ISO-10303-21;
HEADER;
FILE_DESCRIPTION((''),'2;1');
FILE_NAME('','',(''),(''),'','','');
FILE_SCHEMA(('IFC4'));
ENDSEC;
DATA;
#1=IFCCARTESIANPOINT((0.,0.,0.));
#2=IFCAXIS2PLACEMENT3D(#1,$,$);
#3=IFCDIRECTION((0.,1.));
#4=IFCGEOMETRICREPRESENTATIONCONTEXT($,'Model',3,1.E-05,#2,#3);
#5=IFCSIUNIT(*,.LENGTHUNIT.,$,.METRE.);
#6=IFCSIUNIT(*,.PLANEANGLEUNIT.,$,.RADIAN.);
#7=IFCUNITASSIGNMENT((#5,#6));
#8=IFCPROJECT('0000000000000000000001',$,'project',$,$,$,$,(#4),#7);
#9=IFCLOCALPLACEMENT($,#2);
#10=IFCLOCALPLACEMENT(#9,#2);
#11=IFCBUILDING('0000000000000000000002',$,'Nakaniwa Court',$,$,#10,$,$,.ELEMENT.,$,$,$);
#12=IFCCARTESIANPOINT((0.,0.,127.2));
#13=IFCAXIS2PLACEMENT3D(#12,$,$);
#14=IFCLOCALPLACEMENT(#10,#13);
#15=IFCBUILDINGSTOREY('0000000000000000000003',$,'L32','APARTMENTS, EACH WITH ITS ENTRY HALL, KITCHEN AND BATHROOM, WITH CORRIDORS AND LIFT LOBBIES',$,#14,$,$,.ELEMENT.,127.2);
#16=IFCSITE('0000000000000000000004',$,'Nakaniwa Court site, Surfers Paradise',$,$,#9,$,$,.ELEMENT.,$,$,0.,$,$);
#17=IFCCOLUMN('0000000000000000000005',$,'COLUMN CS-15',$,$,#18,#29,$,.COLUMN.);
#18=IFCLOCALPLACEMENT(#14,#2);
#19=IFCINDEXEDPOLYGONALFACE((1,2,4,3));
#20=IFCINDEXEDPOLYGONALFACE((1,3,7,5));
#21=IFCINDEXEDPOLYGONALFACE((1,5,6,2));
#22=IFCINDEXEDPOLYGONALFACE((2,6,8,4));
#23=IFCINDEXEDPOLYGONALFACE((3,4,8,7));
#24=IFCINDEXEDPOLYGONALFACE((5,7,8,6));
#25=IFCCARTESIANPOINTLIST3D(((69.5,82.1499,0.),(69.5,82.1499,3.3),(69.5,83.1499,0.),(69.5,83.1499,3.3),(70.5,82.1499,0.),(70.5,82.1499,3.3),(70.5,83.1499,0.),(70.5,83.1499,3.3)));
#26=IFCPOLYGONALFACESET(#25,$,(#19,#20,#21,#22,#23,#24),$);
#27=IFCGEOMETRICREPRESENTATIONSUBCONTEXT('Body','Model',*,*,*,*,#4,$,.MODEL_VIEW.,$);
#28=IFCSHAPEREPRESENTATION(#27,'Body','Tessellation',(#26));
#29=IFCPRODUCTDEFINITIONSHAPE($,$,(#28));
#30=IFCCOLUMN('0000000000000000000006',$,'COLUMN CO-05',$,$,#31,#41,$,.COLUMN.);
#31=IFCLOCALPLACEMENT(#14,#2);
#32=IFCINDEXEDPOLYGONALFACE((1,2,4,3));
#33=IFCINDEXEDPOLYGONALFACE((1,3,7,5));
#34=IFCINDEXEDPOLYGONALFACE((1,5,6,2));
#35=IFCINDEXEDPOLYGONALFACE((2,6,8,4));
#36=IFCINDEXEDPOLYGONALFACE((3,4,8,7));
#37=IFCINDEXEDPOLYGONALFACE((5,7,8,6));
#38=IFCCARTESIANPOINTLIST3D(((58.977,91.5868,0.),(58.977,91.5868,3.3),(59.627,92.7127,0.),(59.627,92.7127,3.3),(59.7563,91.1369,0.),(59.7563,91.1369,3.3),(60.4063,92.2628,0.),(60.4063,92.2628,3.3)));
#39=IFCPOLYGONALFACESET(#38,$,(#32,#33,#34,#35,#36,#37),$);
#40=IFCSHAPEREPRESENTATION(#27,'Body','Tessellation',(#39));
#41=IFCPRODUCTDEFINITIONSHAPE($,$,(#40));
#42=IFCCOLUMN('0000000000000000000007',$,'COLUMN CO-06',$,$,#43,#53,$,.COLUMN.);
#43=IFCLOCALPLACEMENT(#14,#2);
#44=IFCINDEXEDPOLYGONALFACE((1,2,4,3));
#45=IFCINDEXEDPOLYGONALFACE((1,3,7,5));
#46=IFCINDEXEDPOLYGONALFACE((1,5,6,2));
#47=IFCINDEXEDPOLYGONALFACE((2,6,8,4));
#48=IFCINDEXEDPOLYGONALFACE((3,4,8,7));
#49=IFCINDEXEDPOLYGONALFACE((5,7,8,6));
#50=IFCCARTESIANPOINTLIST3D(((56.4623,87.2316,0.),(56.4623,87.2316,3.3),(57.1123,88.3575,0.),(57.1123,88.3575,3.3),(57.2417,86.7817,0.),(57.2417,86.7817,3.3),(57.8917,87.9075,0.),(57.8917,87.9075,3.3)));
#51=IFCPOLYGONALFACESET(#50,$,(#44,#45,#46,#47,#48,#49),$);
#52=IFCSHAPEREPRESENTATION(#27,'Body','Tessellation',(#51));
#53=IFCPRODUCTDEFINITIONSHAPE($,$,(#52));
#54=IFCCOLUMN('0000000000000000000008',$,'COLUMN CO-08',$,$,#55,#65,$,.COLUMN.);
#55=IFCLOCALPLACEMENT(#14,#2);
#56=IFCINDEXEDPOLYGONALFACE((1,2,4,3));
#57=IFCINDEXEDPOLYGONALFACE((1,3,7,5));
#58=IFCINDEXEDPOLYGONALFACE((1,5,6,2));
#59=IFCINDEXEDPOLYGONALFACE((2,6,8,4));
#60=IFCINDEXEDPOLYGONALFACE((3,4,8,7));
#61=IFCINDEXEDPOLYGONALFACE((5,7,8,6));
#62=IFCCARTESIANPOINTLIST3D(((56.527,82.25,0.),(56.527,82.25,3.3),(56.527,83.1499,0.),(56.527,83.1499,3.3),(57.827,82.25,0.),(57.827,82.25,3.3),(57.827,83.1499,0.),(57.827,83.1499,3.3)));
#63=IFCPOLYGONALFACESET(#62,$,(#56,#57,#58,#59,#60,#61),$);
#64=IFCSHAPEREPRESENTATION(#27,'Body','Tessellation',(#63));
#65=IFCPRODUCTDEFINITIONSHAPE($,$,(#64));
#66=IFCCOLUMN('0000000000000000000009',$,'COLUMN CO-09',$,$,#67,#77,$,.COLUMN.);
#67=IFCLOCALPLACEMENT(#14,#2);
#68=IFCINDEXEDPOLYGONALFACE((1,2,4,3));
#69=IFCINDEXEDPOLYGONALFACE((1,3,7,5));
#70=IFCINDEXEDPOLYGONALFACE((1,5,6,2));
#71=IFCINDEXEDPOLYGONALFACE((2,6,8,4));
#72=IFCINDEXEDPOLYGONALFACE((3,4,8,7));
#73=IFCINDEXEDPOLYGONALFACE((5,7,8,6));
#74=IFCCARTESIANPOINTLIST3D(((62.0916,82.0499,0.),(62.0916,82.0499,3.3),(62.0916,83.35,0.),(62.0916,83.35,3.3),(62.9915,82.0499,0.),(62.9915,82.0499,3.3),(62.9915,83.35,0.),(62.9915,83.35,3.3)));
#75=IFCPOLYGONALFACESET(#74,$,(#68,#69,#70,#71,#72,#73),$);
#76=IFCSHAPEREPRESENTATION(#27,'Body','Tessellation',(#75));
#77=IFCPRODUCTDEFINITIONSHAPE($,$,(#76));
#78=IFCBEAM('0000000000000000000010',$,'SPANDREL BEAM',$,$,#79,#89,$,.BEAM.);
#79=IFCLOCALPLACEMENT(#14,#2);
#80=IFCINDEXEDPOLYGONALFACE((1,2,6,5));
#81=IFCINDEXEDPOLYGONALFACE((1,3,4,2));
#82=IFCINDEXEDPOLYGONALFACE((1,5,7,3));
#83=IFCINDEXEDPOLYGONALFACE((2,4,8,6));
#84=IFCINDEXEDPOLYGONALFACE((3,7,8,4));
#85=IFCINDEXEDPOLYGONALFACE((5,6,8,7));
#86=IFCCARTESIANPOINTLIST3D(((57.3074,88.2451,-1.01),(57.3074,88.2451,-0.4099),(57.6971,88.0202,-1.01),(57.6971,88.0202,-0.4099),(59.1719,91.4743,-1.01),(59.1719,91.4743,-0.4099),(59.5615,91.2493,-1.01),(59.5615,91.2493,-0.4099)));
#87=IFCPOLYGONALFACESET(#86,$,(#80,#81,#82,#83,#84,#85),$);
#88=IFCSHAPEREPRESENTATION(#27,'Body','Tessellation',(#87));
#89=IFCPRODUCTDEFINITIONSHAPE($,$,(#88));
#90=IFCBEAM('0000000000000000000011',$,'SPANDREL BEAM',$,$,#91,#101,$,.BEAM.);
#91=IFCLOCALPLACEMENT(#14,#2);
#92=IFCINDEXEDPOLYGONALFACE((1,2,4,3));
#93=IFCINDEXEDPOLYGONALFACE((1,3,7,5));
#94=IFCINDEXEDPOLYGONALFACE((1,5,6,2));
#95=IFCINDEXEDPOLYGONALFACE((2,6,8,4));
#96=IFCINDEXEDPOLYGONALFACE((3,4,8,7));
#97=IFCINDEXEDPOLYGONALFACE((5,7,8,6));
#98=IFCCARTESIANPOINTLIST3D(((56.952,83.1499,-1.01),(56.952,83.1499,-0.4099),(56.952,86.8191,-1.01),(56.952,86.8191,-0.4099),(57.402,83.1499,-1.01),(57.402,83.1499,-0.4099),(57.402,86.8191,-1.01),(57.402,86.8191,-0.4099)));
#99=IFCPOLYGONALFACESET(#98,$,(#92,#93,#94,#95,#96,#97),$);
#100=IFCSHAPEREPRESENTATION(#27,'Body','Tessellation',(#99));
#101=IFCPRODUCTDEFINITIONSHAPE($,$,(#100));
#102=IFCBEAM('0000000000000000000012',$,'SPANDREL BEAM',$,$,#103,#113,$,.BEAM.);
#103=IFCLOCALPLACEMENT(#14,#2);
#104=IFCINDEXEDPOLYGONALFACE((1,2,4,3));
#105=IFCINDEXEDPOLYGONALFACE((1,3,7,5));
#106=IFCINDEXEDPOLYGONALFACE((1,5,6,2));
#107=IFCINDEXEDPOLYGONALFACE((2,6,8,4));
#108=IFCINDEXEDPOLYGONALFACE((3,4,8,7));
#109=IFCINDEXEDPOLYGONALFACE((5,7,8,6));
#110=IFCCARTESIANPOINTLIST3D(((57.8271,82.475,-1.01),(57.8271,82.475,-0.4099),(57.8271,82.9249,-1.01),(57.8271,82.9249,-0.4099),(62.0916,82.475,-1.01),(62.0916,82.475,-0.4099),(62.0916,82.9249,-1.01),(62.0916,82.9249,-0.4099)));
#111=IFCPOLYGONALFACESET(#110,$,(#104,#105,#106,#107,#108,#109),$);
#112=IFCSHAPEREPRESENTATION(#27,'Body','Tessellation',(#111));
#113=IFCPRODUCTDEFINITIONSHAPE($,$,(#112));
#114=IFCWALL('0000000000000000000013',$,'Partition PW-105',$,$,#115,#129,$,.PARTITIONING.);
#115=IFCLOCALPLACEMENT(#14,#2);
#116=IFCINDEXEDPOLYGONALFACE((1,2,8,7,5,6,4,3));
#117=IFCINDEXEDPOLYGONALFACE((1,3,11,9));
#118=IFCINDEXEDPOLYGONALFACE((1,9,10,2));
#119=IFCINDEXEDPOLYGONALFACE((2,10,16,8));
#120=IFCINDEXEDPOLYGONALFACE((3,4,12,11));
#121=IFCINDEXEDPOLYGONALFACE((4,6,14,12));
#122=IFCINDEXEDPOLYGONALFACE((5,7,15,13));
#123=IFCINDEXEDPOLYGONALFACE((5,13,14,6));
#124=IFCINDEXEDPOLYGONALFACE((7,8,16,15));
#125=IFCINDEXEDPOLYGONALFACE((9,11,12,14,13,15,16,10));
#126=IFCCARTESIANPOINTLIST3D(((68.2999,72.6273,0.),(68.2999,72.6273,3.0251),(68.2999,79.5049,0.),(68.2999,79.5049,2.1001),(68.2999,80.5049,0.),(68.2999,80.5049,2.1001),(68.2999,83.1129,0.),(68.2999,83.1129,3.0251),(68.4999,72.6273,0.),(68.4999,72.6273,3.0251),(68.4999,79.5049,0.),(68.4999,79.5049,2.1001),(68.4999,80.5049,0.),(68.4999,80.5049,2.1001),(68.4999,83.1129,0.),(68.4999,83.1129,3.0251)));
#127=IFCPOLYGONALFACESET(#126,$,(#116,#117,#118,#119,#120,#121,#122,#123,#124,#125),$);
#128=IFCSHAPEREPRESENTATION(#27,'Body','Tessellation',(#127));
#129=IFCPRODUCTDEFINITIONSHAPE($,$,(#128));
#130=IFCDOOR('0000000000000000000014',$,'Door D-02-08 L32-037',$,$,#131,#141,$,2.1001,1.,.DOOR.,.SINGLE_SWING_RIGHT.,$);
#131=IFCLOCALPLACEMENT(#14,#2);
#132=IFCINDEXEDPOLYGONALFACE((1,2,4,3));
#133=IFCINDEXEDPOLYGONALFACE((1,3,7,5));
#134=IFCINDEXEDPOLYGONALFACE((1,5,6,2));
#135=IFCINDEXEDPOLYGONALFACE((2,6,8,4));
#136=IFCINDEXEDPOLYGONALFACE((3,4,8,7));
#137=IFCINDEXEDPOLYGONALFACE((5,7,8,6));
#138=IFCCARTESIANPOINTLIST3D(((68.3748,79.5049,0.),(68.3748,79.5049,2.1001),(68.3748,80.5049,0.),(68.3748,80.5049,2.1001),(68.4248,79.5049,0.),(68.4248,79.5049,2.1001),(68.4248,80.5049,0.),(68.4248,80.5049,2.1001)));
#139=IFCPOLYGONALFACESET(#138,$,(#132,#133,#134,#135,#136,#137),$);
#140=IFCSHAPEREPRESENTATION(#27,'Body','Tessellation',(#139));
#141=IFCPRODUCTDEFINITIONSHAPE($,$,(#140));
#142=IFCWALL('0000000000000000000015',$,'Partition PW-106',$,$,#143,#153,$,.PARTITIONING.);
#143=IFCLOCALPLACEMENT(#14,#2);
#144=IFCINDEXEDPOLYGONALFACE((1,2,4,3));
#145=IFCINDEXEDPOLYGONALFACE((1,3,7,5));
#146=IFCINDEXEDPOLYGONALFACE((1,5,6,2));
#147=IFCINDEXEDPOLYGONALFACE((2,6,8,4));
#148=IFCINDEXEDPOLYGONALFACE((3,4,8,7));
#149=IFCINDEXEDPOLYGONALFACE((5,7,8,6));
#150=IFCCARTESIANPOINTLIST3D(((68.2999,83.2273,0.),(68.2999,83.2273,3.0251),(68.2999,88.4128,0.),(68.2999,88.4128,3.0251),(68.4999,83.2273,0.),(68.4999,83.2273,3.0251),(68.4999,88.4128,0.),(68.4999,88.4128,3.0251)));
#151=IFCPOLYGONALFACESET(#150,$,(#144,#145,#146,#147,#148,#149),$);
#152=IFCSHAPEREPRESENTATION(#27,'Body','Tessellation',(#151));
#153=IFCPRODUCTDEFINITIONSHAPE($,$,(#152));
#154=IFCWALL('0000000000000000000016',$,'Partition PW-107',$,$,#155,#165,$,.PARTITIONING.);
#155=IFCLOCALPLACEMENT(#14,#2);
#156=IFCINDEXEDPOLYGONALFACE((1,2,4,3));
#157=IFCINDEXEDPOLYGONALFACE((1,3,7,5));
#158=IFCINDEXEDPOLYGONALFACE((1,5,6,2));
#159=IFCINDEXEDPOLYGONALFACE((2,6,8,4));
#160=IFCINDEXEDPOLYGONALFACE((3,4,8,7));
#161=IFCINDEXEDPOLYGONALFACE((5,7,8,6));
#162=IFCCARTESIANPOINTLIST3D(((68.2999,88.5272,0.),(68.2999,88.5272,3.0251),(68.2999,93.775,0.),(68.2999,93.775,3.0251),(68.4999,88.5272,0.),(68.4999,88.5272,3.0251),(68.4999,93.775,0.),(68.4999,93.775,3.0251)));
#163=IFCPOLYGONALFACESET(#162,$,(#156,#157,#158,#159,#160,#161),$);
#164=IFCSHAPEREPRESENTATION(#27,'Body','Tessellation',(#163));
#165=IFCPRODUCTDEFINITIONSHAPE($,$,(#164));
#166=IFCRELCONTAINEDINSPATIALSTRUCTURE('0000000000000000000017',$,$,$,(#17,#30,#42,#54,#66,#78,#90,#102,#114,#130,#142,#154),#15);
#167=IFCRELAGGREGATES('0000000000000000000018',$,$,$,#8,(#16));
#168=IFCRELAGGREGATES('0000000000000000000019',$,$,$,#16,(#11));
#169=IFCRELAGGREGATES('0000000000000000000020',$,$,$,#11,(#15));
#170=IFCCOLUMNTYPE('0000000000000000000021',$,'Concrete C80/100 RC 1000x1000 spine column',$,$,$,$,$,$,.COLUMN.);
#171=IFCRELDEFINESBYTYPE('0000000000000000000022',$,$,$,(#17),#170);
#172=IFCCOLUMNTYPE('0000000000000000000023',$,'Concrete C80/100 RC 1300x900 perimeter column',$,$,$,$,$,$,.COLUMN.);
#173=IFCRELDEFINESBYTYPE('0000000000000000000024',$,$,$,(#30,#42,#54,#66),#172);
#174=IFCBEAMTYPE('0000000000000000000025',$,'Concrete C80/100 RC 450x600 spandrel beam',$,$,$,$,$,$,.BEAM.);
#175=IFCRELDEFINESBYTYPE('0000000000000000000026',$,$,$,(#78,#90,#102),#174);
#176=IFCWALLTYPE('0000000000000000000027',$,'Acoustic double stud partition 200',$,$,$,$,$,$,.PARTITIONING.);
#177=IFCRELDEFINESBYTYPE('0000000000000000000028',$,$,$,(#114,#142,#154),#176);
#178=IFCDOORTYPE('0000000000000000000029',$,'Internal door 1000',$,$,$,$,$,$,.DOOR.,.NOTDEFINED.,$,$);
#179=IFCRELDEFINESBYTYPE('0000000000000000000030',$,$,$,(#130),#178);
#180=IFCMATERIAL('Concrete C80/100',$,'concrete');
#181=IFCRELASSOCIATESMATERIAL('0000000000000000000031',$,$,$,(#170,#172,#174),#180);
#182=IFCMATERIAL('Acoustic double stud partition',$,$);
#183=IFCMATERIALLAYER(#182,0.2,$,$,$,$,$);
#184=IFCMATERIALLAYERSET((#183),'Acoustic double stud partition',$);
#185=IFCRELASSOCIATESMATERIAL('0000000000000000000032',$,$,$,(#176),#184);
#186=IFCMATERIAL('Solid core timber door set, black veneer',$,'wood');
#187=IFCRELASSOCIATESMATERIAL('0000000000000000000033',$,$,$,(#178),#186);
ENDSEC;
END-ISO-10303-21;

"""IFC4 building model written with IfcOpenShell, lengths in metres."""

from ifc_helpers import new_model, si_unit, direction, frame, frame_2d, origin, origin_2d, place, context, subcontext, project, spatial, rectangle, extrude, material, layer, layer_set, material_profile, profile_set, type_object, element, fill, save


model = new_model("IFC4")

# Units and contexts
model_context = context("Model", 3, precision=1e-05, world=origin(), true_north=direction((0.0, 1.0)))
body_context = subcontext(model_context, "Body", "Model", "MODEL_VIEW")
ifc_project = project(units=[si_unit("LENGTHUNIT", "METRE"), si_unit("PLANEANGLEUNIT", "RADIAN")], contexts=[model_context])

# Site, building, storey
site_placement = place(None, origin())
site = spatial("IfcSite", under=ifc_project, at=site_placement, Name="Nakaniwa Court site, Surfers Paradise", CompositionType="ELEMENT", RefElevation=0.0)
building_placement = place(site_placement, origin())
building = spatial("IfcBuilding", under=site, at=building_placement, Name="Nakaniwa Court", CompositionType="ELEMENT")
storey_placement = place(building_placement, frame((0.0, 0.0, 127.2)))
storey = spatial("IfcBuildingStorey", under=building, at=storey_placement, Name="L32", Description="APARTMENTS, EACH WITH ITS ENTRY HALL, KITCHEN AND BATHROOM, WITH CORRIDORS AND LIFT LOBBIES", CompositionType="ELEMENT", Elevation=127.2)

# Columns
ifc_material_1 = material(Name="Concrete C80/100", Category="concrete")
ifc_material_profile_1 = material_profile(ifc_material_1, rectangle(XDim=1.0, YDim=1.0, at=origin_2d()), Name="Concrete C80/100 RC 1000x1000 spine column")
ifc_profile_set_1 = profile_set([ifc_material_profile_1], Name="Concrete C80/100")
column_type_1 = type_object("IfcColumnType", Name="Concrete C80/100 RC 1000x1000 spine column", PredefinedType="COLUMN", material=ifc_profile_set_1)
column_placement = place(storey_placement, frame((70.0, 82.6499, 0.0), z_axis=(0.0, 0.0, 1.0), x_axis=(0.0, -1.0, 0.0)))
element("IfcColumn", 1, at=column_placement, inside=storey, type_object=column_type_1, Name="COLUMN CS-15", PredefinedType="COLUMN", context=body_context, shape_type="SweptSolid", body=[
    extrude(rectangle(XDim=1.0, YDim=1.0, at=origin_2d()), origin(), (0.0, 0.0, 1.0), 3.3),
])
ifc_material_profile_2 = material_profile(ifc_material_1, rectangle(XDim=1.3, YDim=0.8999, at=origin_2d()), Name="Concrete C80/100 RC 1300x900 perimeter column")
ifc_profile_set_2 = profile_set([ifc_material_profile_2], Name="Concrete C80/100")
column_type_2 = type_object("IfcColumnType", Name="Concrete C80/100 RC 1300x900 perimeter column", PredefinedType="COLUMN", material=ifc_profile_set_2)
for number, where, z_axis, x_axis, name in (
    (2, (59.6917, 91.9248, 0.0), (0.0, 0.0, 1.0), (-0.5, -0.866025, 0.0), "COLUMN CO-05"),
    (3, (57.177, 87.5696, 0.0), (0.0, 0.0, 1.0), (-0.5, -0.866025, 0.0), "COLUMN CO-06"),
    (4, (57.177, 82.7, 0.0), (0.0, 0.0, 1.0), (1.0, 0.0, 0.0), "COLUMN CO-08"),
    (5, (62.5415, 82.7, 0.0), (0.0, 0.0, 1.0), (0.0, -1.0, 0.0), "COLUMN CO-09"),
):
    element("IfcColumn", number, at=place(storey_placement, frame(where, z_axis=z_axis, x_axis=x_axis)), inside=storey, type_object=column_type_2, Name=name, PredefinedType="COLUMN", context=body_context, shape_type="SweptSolid", body=[
        extrude(rectangle(XDim=1.3, YDim=0.8999, at=origin_2d()), origin(), (0.0, 0.0, 1.0), 3.3),
    ])

# Beams
ifc_material_profile_3 = material_profile(ifc_material_1, rectangle(XDim=0.45, YDim=0.6001, at=origin_2d()), Name="Concrete C80/100 RC 450x600 spandrel beam")
ifc_profile_set_3 = profile_set([ifc_material_profile_3], Name="Concrete C80/100")
beam_type = type_object("IfcBeamType", Name="Concrete C80/100 RC 450x600 spandrel beam", PredefinedType="BEAM", material=ifc_profile_set_3)
beam_1_placement = place(storey_placement, frame((59.3667, 91.3618, -0.71), z_axis=(-0.500019, -0.866014, 0.0), x_axis=(0.866014, -0.500019, 0.0)))
element("IfcBeam", 6, at=beam_1_placement, inside=storey, type_object=beam_type, Name="SPANDREL BEAM", PredefinedType="BEAM", context=body_context, shape_type="SweptSolid", body=[
    extrude(rectangle(XDim=0.45, YDim=0.6001, at=origin_2d()), origin(), (0.0, 0.0, 1.0), 3.7288),
])
beam_2_placement = place(storey_placement, frame((57.177, 86.8191, -0.71), z_axis=(0.0, -1.0, 0.0), x_axis=(1.0, 0.0, 0.0)))
element("IfcBeam", 7, at=beam_2_placement, inside=storey, type_object=beam_type, Name="SPANDREL BEAM", PredefinedType="BEAM", context=body_context, shape_type="SweptSolid", body=[
    extrude(rectangle(XDim=0.45, YDim=0.6001, at=origin_2d()), origin(), (0.0, 0.0, 1.0), 3.6692),
])
beam_3_placement = place(storey_placement, frame((57.8271, 82.7, -0.71), z_axis=(1.0, 0.0, 0.0), x_axis=(0.0, 1.0, 0.0)))
element("IfcBeam", 8, at=beam_3_placement, inside=storey, type_object=beam_type, Name="SPANDREL BEAM", PredefinedType="BEAM", context=body_context, shape_type="SweptSolid", body=[
    extrude(rectangle(XDim=0.45, YDim=0.6001, at=origin_2d()), origin(), (0.0, 0.0, 1.0), 4.2644),
])

# Wall, opening, door
ifc_material_2 = material(Name="Acoustic double stud partition")
ifc_layer_1 = layer(ifc_material_2, 0.2)
ifc_layer_set_1 = layer_set([ifc_layer_1], Name="Acoustic double stud partition")
wall_type_1 = type_object("IfcWallType", Name="Acoustic double stud partition 200", PredefinedType="PARTITIONING", material=ifc_layer_set_1)
wall_1_placement = place(storey_placement, frame((68.3999, 83.1128, 0.0), z_axis=(0.0, 0.0, 1.0), x_axis=(0.0, -1.0, 0.0)))
wall_1 = element("IfcWall", 9, at=wall_1_placement, inside=storey, type_object=wall_type_1, Name="Partition PW-105", PredefinedType="PARTITIONING", context=body_context, shape_type="SweptSolid", body=[
    extrude(rectangle(XDim=10.4856, YDim=0.2, at=frame_2d((5.2427, 0.0))), origin(), (0.0, 0.0, 1.0), 3.0251),
])
opening_1_placement = place(wall_1_placement, frame((2.6079, 0.0, 0.0)))
opening_1 = element("IfcOpeningElement", 10, at=opening_1_placement, cuts=wall_1, PredefinedType="OPENING", context=body_context, shape_type="SweptSolid", body=[
    extrude(rectangle(XDim=1.0, YDim=2.1001, at=frame_2d((0.5, 1.05))), frame((0.0, 0.1099, 0.0), z_axis=(0.0, -1.0, 0.0), x_axis=(1.0, 0.0, 0.0)), (0.0, 0.0, 1.0), 0.22),
])
ifc_material_3 = material(Name="Solid core timber door set, black veneer", Category="wood")
door_type_1 = type_object("IfcDoorType", Name="Internal door 1000", OperationType="NOTDEFINED", PredefinedType="DOOR", material=ifc_material_3)
door_1_placement = place(opening_1_placement, origin())
door_1 = element("IfcDoor", 11, at=door_1_placement, inside=storey, type_object=door_type_1, Name="Door D-02-08 L32-037", OperationType="SINGLE_SWING_RIGHT", OverallHeight=2.1001, OverallWidth=1.0, PredefinedType="DOOR", context=body_context, shape_type="SweptSolid", body=[
    extrude(rectangle(XDim=1.0, YDim=2.1001, at=frame_2d((0.5, 1.05))), frame((0.0, 0.0249, 0.0), z_axis=(0.0, -1.0, 0.0), x_axis=(1.0, 0.0, 0.0)), (0.0, 0.0, 1.0), 0.05),
])
fill(opening_1, door_1)

# Walls
wall_2_placement = place(storey_placement, frame((68.3999, 83.2273, 0.0), z_axis=(0.0, 0.0, 1.0), x_axis=(0.0, 1.0, 0.0)))
element("IfcWall", 12, at=wall_2_placement, inside=storey, type_object=wall_type_1, Name="Partition PW-106", PredefinedType="PARTITIONING", context=body_context, shape_type="SweptSolid", body=[
    extrude(rectangle(XDim=5.1855, YDim=0.2, at=frame_2d((2.5928, 0.0))), origin(), (0.0, 0.0, 1.0), 3.0251),
])
wall_3_placement = place(storey_placement, frame((68.3999, 88.5271, 0.0), z_axis=(0.0, 0.0, 1.0), x_axis=(0.0, 1.0, 0.0)))
element("IfcWall", 13, at=wall_3_placement, inside=storey, type_object=wall_type_1, Name="Partition PW-107", PredefinedType="PARTITIONING", context=body_context, shape_type="SweptSolid", body=[
    extrude(rectangle(XDim=5.2478, YDim=0.2, at=frame_2d((2.624, 0.0))), origin(), (0.0, 0.0, 1.0), 3.0251),
])

save(model, "model.ifc")
